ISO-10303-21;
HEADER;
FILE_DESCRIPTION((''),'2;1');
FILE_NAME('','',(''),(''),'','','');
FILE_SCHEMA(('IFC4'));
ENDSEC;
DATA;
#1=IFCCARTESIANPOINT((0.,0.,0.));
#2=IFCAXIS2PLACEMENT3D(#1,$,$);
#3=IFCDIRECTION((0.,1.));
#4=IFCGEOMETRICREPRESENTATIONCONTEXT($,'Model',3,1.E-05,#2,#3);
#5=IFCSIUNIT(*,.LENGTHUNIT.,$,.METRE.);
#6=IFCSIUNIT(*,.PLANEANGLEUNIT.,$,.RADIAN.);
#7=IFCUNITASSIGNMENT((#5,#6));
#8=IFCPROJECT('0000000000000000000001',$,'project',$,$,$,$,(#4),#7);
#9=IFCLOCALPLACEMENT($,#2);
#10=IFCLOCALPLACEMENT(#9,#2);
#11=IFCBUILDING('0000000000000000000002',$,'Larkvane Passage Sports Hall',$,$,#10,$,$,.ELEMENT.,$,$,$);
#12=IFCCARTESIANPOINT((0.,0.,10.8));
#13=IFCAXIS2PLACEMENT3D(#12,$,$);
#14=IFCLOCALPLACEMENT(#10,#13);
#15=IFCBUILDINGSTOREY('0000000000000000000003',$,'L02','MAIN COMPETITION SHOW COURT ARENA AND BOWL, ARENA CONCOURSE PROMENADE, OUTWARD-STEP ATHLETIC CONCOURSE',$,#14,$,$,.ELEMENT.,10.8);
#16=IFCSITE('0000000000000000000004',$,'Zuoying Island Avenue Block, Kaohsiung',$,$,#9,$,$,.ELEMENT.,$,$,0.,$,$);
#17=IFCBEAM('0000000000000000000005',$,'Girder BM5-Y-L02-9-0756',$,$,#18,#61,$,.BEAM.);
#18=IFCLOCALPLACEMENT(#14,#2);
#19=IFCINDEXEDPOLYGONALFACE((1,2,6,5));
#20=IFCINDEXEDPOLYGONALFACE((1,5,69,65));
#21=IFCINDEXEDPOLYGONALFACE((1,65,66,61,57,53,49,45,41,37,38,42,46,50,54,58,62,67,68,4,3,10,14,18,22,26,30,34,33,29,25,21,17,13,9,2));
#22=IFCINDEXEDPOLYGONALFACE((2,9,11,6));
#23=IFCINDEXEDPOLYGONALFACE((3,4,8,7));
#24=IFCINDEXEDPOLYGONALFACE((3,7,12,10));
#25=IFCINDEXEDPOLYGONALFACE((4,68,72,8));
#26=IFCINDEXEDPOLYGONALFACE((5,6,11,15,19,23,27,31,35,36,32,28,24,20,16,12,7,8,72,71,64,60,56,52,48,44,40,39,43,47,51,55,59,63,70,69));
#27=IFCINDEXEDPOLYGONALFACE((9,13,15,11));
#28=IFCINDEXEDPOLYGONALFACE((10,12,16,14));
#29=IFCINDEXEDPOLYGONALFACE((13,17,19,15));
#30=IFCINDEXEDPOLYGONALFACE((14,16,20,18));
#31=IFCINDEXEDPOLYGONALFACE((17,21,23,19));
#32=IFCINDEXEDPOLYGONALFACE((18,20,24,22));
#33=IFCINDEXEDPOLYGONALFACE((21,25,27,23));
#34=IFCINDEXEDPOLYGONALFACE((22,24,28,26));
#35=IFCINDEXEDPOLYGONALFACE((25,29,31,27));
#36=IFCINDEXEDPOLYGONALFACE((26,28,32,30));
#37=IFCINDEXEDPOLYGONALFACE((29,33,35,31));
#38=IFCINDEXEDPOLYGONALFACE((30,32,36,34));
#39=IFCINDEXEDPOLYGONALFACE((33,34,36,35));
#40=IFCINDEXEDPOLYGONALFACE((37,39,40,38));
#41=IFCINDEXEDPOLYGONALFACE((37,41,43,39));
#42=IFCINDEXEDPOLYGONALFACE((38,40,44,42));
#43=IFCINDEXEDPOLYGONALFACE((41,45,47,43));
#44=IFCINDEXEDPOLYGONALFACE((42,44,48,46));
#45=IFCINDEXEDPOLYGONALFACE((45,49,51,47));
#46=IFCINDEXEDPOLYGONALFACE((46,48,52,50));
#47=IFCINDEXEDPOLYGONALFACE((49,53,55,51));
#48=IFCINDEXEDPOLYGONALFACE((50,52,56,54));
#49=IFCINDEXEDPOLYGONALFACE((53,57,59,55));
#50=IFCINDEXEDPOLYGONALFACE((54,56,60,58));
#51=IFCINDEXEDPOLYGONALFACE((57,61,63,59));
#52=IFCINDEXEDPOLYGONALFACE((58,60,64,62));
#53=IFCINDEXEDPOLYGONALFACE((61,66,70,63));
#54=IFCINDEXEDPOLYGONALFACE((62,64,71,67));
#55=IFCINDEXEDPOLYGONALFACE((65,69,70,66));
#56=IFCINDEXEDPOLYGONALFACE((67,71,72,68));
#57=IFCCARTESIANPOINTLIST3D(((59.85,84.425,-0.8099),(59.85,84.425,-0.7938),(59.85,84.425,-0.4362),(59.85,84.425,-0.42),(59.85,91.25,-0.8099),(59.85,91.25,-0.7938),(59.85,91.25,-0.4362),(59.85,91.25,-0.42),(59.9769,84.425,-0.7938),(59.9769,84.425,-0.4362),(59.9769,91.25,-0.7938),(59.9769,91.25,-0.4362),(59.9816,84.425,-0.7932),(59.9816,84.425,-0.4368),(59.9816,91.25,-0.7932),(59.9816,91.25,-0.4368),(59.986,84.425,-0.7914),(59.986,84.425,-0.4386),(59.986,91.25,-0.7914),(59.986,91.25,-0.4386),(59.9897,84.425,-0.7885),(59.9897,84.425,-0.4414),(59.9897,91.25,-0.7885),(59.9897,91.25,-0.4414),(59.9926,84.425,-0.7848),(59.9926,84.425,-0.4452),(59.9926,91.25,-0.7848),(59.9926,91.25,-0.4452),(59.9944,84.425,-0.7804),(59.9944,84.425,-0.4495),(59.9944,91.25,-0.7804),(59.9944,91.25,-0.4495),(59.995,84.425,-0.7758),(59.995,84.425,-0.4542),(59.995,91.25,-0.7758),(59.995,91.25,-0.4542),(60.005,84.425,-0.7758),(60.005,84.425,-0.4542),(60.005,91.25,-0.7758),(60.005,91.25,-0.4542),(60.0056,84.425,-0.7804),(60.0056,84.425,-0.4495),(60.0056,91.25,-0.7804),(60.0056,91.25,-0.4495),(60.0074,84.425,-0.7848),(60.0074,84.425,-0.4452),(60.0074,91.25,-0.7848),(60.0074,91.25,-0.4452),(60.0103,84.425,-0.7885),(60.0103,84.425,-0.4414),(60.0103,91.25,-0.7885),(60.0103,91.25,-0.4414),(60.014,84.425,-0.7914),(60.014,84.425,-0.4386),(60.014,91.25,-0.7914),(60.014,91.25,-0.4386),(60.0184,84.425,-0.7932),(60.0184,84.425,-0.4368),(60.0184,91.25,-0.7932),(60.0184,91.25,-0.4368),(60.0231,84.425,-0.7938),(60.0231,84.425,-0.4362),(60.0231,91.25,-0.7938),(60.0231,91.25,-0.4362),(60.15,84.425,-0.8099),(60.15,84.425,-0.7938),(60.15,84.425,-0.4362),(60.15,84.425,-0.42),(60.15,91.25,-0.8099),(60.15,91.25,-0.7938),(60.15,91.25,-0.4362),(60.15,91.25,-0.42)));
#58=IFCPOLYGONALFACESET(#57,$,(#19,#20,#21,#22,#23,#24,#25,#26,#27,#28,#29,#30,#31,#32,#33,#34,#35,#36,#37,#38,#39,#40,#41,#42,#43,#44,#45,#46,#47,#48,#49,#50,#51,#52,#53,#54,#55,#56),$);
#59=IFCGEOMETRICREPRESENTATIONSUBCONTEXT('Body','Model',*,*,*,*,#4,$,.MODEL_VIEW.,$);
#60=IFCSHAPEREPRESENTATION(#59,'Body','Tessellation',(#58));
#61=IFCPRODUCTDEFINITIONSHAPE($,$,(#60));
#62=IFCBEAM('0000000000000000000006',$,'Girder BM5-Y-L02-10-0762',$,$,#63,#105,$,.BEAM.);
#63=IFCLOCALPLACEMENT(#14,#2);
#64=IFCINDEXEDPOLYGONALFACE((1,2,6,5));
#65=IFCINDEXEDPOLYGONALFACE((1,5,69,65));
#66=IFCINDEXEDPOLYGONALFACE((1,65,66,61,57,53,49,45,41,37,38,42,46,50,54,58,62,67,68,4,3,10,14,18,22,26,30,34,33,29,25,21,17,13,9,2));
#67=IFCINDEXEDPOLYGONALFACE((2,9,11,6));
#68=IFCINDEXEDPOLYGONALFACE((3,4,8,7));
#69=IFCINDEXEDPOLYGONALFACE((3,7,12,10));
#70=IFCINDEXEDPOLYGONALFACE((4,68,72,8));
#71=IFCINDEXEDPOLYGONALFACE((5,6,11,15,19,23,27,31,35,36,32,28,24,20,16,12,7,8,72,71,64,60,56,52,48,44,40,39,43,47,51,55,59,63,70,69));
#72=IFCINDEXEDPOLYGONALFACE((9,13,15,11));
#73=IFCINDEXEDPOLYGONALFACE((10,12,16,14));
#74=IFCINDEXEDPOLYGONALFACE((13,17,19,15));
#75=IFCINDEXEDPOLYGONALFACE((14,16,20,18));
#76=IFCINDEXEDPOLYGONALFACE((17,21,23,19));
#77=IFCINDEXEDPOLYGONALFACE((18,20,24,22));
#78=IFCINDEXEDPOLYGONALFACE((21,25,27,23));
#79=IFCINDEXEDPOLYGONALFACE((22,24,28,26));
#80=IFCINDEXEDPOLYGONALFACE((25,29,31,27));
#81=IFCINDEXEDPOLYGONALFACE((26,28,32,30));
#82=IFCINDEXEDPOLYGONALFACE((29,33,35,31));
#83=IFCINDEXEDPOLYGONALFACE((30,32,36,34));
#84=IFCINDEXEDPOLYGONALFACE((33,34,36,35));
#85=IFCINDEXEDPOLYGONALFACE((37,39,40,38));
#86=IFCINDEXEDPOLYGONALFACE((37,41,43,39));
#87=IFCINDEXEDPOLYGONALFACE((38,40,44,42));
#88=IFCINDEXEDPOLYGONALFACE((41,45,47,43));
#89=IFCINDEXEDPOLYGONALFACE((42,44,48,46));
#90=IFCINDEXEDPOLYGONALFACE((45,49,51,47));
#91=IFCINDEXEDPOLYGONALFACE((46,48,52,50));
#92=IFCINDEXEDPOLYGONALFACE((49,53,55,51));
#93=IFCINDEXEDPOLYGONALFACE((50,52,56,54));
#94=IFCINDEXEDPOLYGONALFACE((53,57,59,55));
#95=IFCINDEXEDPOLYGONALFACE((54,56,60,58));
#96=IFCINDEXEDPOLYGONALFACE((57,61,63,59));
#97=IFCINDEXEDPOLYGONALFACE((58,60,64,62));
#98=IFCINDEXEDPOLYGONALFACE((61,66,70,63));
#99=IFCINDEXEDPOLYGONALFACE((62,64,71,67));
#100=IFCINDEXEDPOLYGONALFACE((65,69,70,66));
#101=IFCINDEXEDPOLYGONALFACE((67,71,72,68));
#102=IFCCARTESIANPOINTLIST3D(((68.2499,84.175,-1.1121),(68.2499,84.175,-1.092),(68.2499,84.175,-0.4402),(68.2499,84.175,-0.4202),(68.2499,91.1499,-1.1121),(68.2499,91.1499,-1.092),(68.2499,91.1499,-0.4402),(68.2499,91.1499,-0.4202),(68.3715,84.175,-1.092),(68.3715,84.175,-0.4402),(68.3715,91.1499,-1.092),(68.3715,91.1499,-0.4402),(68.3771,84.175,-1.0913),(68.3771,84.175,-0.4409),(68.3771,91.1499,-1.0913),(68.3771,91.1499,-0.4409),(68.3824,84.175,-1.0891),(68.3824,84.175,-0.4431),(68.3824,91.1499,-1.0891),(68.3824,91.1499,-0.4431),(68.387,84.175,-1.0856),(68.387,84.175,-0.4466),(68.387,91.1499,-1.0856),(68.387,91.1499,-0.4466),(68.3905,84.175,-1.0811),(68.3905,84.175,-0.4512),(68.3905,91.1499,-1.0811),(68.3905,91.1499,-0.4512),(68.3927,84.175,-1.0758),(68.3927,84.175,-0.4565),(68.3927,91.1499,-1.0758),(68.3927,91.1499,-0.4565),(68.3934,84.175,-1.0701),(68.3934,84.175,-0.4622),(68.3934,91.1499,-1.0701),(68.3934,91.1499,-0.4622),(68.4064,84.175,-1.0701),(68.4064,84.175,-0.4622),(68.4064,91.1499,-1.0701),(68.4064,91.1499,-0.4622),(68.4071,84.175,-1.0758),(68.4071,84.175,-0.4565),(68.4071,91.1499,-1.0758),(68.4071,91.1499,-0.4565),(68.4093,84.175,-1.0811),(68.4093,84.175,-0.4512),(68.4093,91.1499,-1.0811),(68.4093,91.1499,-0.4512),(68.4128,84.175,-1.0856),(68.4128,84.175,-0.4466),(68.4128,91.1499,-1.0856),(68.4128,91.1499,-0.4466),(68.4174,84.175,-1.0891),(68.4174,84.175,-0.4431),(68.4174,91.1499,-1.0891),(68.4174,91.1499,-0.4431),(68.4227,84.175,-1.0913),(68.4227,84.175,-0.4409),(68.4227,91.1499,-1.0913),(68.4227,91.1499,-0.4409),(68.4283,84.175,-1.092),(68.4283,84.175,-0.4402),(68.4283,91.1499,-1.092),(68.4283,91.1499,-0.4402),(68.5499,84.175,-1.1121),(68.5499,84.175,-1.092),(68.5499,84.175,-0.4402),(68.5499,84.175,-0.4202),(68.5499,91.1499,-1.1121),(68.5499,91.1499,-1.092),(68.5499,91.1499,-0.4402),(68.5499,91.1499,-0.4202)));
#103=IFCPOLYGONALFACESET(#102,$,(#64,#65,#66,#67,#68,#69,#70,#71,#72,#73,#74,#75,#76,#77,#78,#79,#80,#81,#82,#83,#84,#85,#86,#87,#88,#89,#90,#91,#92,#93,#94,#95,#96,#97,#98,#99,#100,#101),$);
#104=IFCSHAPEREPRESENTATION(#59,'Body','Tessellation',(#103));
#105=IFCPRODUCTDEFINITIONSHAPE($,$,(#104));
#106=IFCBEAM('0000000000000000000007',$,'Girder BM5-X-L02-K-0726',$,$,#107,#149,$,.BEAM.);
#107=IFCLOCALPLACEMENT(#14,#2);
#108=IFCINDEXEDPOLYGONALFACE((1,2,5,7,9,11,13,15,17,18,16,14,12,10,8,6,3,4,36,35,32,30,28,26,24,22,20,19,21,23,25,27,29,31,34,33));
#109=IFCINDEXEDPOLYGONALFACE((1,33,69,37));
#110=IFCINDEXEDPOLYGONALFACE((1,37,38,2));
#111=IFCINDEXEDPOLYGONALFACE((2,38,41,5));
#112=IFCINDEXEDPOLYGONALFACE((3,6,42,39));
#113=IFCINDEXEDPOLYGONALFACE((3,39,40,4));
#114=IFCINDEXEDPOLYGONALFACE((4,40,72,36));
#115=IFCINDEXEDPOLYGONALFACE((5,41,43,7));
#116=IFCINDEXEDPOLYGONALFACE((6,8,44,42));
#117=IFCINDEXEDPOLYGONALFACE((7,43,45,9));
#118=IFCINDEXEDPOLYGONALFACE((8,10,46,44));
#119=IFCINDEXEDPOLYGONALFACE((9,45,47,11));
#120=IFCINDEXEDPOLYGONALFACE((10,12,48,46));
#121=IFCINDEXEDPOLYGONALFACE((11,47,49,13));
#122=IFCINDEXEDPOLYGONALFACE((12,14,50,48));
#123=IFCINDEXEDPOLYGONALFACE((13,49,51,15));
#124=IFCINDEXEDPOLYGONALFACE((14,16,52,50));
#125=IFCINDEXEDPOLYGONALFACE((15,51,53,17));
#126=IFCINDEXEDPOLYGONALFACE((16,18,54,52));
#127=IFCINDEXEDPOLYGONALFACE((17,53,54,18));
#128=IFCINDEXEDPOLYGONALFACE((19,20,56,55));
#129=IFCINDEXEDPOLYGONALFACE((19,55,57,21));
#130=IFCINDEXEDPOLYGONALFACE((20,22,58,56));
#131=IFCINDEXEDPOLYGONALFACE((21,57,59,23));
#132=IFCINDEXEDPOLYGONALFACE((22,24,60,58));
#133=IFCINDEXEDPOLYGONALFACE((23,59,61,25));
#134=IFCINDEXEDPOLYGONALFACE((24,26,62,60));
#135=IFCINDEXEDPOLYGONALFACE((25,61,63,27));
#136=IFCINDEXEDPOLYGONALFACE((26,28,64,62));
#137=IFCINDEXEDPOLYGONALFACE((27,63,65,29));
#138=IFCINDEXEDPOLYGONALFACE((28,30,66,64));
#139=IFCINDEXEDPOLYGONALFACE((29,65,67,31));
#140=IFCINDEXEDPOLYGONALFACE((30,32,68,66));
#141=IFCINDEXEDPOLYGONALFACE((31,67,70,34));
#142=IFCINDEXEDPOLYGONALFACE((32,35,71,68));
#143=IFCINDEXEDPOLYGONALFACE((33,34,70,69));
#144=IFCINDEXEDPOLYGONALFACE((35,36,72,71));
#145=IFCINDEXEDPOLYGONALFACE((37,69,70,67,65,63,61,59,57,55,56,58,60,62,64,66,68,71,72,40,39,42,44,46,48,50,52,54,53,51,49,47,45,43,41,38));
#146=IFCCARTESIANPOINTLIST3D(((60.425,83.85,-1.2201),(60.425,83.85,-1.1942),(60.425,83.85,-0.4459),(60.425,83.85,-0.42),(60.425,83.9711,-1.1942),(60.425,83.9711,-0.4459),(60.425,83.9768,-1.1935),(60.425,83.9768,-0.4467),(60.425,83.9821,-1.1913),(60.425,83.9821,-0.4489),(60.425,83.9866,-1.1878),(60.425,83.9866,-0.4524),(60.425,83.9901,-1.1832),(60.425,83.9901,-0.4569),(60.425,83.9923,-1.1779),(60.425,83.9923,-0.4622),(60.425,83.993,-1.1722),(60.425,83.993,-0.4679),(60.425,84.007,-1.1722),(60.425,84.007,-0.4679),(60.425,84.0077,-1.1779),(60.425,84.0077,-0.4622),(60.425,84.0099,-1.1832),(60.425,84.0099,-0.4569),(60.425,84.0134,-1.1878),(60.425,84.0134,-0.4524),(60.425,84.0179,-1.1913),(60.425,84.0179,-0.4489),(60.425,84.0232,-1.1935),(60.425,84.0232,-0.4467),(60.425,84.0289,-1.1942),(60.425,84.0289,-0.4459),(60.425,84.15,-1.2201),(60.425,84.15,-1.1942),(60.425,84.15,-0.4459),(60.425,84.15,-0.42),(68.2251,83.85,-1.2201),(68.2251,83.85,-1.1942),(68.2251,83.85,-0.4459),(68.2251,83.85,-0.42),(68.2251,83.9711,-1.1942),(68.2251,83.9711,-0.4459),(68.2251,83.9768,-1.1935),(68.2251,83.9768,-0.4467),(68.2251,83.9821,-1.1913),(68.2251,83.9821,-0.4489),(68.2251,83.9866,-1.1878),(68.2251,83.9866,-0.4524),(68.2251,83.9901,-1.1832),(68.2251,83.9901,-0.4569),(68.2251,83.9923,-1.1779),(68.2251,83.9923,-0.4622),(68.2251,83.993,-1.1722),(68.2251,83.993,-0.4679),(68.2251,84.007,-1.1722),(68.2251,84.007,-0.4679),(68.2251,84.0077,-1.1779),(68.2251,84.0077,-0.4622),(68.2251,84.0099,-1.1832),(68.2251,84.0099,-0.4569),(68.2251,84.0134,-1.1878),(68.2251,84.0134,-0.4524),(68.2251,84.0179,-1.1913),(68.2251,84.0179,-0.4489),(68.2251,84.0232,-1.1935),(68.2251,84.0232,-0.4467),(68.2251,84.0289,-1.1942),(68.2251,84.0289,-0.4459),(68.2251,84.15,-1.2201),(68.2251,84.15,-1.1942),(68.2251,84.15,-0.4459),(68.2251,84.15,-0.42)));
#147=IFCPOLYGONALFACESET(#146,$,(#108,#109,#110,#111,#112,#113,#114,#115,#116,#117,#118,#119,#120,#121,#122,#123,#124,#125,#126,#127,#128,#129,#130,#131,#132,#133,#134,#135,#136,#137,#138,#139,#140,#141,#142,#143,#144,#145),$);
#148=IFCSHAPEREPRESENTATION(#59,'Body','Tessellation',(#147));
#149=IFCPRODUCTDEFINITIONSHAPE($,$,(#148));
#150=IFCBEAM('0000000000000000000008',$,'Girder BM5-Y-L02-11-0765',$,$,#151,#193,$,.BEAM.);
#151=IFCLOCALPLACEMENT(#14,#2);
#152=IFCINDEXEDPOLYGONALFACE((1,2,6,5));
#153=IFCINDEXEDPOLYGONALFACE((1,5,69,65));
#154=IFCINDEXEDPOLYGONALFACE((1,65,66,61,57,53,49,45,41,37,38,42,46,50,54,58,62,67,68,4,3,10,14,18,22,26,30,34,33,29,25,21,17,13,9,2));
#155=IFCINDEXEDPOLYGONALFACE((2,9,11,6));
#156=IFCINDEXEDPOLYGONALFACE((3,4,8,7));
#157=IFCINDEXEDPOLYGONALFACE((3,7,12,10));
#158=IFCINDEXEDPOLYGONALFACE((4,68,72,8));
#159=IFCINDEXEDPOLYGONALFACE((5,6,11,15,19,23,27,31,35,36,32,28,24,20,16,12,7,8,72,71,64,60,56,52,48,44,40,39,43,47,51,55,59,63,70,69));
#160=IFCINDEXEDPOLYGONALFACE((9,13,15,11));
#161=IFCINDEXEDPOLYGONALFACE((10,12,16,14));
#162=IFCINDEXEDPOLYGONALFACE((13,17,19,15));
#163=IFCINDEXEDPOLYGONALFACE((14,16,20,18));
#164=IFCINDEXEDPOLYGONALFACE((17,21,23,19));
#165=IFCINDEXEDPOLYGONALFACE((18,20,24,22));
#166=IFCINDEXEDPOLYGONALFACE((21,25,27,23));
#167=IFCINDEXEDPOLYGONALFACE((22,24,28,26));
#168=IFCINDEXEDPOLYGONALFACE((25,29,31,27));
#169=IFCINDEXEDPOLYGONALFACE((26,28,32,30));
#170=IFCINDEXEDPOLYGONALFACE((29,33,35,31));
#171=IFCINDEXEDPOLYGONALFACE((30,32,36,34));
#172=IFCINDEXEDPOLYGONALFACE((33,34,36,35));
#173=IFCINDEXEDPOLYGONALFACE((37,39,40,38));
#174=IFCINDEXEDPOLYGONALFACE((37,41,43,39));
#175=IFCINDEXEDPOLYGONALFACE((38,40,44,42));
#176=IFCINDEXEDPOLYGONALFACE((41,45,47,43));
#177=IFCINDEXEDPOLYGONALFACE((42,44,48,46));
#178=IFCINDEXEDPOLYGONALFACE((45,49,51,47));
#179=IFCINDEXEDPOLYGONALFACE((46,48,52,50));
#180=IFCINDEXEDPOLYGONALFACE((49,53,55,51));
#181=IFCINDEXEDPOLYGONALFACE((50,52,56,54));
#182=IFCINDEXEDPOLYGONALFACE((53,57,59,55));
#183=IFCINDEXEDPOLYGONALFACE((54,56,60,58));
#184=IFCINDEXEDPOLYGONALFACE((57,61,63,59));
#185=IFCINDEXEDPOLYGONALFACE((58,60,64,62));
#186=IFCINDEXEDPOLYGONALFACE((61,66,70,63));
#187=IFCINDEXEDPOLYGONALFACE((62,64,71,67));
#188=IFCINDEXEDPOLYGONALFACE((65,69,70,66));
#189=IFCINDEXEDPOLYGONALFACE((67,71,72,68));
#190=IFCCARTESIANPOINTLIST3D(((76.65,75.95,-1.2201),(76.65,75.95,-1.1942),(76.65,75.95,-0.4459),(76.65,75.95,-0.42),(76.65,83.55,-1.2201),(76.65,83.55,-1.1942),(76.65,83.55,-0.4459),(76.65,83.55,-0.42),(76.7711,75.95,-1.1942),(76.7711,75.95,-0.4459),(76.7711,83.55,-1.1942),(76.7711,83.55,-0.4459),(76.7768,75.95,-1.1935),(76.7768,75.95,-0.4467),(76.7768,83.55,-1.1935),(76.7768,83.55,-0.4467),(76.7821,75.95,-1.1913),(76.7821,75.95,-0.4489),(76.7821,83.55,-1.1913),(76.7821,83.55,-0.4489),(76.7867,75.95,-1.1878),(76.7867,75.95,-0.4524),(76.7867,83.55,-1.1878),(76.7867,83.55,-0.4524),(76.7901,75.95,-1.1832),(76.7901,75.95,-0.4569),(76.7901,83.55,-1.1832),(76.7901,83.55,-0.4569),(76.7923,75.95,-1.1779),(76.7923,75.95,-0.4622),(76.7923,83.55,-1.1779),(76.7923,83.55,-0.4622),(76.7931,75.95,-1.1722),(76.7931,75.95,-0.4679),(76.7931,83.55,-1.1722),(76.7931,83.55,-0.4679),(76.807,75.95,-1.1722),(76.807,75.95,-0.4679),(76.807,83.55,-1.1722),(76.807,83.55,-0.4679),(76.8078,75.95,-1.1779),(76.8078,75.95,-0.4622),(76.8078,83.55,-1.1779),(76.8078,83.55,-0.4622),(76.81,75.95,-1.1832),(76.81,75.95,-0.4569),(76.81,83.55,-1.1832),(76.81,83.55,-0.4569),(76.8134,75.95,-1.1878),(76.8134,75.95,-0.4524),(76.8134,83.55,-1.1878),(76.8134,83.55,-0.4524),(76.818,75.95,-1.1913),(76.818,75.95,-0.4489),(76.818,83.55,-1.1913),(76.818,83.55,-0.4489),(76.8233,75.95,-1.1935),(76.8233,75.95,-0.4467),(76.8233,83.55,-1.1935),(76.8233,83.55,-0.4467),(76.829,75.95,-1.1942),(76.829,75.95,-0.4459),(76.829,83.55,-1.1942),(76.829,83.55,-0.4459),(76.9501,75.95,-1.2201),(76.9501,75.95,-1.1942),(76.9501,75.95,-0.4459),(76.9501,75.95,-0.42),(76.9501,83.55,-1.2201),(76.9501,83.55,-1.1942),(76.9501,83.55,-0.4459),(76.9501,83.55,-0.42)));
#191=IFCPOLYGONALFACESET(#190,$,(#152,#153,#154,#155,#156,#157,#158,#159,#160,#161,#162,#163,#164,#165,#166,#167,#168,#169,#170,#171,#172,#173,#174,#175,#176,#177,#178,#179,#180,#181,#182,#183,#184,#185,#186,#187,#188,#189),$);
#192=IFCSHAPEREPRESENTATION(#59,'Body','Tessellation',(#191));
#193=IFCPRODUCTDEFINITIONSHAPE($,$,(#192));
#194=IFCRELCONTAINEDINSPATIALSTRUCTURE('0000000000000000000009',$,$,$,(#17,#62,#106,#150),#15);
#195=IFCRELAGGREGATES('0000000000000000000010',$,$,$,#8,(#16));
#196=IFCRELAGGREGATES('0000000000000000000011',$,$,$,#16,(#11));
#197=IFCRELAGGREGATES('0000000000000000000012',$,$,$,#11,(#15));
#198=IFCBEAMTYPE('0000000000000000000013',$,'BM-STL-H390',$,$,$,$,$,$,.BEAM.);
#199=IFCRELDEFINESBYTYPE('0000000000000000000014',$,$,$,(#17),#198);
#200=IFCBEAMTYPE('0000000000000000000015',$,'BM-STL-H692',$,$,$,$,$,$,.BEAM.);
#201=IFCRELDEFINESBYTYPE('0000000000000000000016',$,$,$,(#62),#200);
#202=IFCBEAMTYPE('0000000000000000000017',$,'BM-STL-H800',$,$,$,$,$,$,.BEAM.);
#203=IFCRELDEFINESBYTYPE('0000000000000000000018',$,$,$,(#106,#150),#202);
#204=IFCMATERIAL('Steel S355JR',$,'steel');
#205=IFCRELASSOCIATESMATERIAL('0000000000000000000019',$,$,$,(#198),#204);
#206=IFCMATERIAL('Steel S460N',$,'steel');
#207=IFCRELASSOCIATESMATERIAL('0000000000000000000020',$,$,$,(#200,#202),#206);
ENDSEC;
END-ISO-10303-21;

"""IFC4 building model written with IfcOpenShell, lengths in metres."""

from ifc_helpers import new_model, si_unit, direction, frame, origin, origin_2d, place, context, subcontext, project, spatial, i_section, extrude, material, material_profile, profile_set, type_object, element, save


model = new_model("IFC4")

# Units and contexts
model_context = context("Model", 3, precision=1e-05, world=origin(), true_north=direction((0.0, 1.0)))
body_context = subcontext(model_context, "Body", "Model", "MODEL_VIEW")
ifc_project = project(units=[si_unit("LENGTHUNIT", "METRE"), si_unit("PLANEANGLEUNIT", "RADIAN")], contexts=[model_context])

# Site, building, storey
site_placement = place(None, origin())
site = spatial("IfcSite", under=ifc_project, at=site_placement, Name="Zuoying Island Avenue Block, Kaohsiung", CompositionType="ELEMENT", RefElevation=0.0)
building_placement = place(site_placement, origin())
building = spatial("IfcBuilding", under=site, at=building_placement, Name="Larkvane Passage Sports Hall", CompositionType="ELEMENT")
storey_placement = place(building_placement, frame((0.0, 0.0, 10.8)))
storey = spatial("IfcBuildingStorey", under=building, at=storey_placement, Name="L02", Description="MAIN COMPETITION SHOW COURT ARENA AND BOWL, ARENA CONCOURSE PROMENADE, OUTWARD-STEP ATHLETIC CONCOURSE", CompositionType="ELEMENT", Elevation=10.8)

# Shared definitions
ifc_material_1 = material(Name="Steel S355JR", Category="steel")

# Beams
ifc_material_profile_1 = material_profile(ifc_material_1, i_section(OverallWidth=0.3, OverallDepth=0.3899, WebThickness=0.01, FlangeThickness=0.0161, FilletRadius=0.0181, at=origin_2d()), Name="H-390x300x10x16")
ifc_profile_set_1 = profile_set([ifc_material_profile_1], Name="Steel S355JR")
beam_type_1 = type_object("IfcBeamType", Name="BM-STL-H390", PredefinedType="BEAM", material=ifc_profile_set_1)
beam_1_placement = place(storey_placement, frame((60.0, 84.425, -0.615), z_axis=(0.0, 1.0, 0.0), x_axis=(-1.0, 0.0, 0.0)))
element("IfcBeam", 1, at=beam_1_placement, inside=storey, type_object=beam_type_1, Name="Girder BM5-Y-L02-9-0756", PredefinedType="BEAM", context=body_context, shape_type="SweptSolid", body=[
    extrude(i_section(OverallWidth=0.3, OverallDepth=0.3899, WebThickness=0.01, FlangeThickness=0.0161, FilletRadius=0.0181, at=origin_2d()), origin(), (0.0, 0.0, 1.0), 6.825),
])
ifc_material_2 = material(Name="Steel S460N", Category="steel")
ifc_material_profile_2 = material_profile(ifc_material_2, i_section(OverallWidth=0.3, OverallDepth=0.6919, WebThickness=0.0129, FlangeThickness=0.02, FilletRadius=0.022, at=origin_2d()), Name="H-692x300x13x20")
ifc_profile_set_2 = profile_set([ifc_material_profile_2], Name="Steel S460N")
beam_type_2 = type_object("IfcBeamType", Name="BM-STL-H692", PredefinedType="BEAM", material=ifc_profile_set_2)
beam_2_placement = place(storey_placement, frame((68.3999, 84.175, -0.7661), z_axis=(0.0, 1.0, 0.0), x_axis=(-1.0, 0.0, 0.0)))
element("IfcBeam", 2, at=beam_2_placement, inside=storey, type_object=beam_type_2, Name="Girder BM5-Y-L02-10-0762", PredefinedType="BEAM", context=body_context, shape_type="SweptSolid", body=[
    extrude(i_section(OverallWidth=0.3, OverallDepth=0.6919, WebThickness=0.0129, FlangeThickness=0.02, FilletRadius=0.022, at=origin_2d()), origin(), (0.0, 0.0, 1.0), 6.9749),
])
ifc_material_profile_3 = material_profile(ifc_material_2, i_section(OverallWidth=0.3, OverallDepth=0.8, WebThickness=0.0139, FlangeThickness=0.0259, FilletRadius=0.022, at=origin_2d()), Name="H-800x300x14x26")
ifc_profile_set_3 = profile_set([ifc_material_profile_3], Name="Steel S460N")
beam_type_3 = type_object("IfcBeamType", Name="BM-STL-H800", PredefinedType="BEAM", material=ifc_profile_set_3)
beam_3_placement = place(storey_placement, frame((60.425, 84.0, -0.8201), z_axis=(1.0, 0.0, 0.0), x_axis=(0.0, 1.0, 0.0)))
element("IfcBeam", 3, at=beam_3_placement, inside=storey, type_object=beam_type_3, Name="Girder BM5-X-L02-K-0726", PredefinedType="BEAM", context=body_context, shape_type="SweptSolid", body=[
    extrude(i_section(OverallWidth=0.3, OverallDepth=0.8, WebThickness=0.0139, FlangeThickness=0.0259, FilletRadius=0.022, at=origin_2d()), origin(), (0.0, 0.0, 1.0), 7.8),
])
beam_4_placement = place(storey_placement, frame((76.8, 75.95, -0.8201), z_axis=(0.0, 1.0, 0.0), x_axis=(-1.0, 0.0, 0.0)))
element("IfcBeam", 4, at=beam_4_placement, inside=storey, type_object=beam_type_3, Name="Girder BM5-Y-L02-11-0765", PredefinedType="BEAM", context=body_context, shape_type="SweptSolid", body=[
    extrude(i_section(OverallWidth=0.3, OverallDepth=0.8, WebThickness=0.0139, FlangeThickness=0.0259, FilletRadius=0.022, at=origin_2d()), origin(), (0.0, 0.0, 1.0), 7.6001),
])

save(model, "model.ifc")
